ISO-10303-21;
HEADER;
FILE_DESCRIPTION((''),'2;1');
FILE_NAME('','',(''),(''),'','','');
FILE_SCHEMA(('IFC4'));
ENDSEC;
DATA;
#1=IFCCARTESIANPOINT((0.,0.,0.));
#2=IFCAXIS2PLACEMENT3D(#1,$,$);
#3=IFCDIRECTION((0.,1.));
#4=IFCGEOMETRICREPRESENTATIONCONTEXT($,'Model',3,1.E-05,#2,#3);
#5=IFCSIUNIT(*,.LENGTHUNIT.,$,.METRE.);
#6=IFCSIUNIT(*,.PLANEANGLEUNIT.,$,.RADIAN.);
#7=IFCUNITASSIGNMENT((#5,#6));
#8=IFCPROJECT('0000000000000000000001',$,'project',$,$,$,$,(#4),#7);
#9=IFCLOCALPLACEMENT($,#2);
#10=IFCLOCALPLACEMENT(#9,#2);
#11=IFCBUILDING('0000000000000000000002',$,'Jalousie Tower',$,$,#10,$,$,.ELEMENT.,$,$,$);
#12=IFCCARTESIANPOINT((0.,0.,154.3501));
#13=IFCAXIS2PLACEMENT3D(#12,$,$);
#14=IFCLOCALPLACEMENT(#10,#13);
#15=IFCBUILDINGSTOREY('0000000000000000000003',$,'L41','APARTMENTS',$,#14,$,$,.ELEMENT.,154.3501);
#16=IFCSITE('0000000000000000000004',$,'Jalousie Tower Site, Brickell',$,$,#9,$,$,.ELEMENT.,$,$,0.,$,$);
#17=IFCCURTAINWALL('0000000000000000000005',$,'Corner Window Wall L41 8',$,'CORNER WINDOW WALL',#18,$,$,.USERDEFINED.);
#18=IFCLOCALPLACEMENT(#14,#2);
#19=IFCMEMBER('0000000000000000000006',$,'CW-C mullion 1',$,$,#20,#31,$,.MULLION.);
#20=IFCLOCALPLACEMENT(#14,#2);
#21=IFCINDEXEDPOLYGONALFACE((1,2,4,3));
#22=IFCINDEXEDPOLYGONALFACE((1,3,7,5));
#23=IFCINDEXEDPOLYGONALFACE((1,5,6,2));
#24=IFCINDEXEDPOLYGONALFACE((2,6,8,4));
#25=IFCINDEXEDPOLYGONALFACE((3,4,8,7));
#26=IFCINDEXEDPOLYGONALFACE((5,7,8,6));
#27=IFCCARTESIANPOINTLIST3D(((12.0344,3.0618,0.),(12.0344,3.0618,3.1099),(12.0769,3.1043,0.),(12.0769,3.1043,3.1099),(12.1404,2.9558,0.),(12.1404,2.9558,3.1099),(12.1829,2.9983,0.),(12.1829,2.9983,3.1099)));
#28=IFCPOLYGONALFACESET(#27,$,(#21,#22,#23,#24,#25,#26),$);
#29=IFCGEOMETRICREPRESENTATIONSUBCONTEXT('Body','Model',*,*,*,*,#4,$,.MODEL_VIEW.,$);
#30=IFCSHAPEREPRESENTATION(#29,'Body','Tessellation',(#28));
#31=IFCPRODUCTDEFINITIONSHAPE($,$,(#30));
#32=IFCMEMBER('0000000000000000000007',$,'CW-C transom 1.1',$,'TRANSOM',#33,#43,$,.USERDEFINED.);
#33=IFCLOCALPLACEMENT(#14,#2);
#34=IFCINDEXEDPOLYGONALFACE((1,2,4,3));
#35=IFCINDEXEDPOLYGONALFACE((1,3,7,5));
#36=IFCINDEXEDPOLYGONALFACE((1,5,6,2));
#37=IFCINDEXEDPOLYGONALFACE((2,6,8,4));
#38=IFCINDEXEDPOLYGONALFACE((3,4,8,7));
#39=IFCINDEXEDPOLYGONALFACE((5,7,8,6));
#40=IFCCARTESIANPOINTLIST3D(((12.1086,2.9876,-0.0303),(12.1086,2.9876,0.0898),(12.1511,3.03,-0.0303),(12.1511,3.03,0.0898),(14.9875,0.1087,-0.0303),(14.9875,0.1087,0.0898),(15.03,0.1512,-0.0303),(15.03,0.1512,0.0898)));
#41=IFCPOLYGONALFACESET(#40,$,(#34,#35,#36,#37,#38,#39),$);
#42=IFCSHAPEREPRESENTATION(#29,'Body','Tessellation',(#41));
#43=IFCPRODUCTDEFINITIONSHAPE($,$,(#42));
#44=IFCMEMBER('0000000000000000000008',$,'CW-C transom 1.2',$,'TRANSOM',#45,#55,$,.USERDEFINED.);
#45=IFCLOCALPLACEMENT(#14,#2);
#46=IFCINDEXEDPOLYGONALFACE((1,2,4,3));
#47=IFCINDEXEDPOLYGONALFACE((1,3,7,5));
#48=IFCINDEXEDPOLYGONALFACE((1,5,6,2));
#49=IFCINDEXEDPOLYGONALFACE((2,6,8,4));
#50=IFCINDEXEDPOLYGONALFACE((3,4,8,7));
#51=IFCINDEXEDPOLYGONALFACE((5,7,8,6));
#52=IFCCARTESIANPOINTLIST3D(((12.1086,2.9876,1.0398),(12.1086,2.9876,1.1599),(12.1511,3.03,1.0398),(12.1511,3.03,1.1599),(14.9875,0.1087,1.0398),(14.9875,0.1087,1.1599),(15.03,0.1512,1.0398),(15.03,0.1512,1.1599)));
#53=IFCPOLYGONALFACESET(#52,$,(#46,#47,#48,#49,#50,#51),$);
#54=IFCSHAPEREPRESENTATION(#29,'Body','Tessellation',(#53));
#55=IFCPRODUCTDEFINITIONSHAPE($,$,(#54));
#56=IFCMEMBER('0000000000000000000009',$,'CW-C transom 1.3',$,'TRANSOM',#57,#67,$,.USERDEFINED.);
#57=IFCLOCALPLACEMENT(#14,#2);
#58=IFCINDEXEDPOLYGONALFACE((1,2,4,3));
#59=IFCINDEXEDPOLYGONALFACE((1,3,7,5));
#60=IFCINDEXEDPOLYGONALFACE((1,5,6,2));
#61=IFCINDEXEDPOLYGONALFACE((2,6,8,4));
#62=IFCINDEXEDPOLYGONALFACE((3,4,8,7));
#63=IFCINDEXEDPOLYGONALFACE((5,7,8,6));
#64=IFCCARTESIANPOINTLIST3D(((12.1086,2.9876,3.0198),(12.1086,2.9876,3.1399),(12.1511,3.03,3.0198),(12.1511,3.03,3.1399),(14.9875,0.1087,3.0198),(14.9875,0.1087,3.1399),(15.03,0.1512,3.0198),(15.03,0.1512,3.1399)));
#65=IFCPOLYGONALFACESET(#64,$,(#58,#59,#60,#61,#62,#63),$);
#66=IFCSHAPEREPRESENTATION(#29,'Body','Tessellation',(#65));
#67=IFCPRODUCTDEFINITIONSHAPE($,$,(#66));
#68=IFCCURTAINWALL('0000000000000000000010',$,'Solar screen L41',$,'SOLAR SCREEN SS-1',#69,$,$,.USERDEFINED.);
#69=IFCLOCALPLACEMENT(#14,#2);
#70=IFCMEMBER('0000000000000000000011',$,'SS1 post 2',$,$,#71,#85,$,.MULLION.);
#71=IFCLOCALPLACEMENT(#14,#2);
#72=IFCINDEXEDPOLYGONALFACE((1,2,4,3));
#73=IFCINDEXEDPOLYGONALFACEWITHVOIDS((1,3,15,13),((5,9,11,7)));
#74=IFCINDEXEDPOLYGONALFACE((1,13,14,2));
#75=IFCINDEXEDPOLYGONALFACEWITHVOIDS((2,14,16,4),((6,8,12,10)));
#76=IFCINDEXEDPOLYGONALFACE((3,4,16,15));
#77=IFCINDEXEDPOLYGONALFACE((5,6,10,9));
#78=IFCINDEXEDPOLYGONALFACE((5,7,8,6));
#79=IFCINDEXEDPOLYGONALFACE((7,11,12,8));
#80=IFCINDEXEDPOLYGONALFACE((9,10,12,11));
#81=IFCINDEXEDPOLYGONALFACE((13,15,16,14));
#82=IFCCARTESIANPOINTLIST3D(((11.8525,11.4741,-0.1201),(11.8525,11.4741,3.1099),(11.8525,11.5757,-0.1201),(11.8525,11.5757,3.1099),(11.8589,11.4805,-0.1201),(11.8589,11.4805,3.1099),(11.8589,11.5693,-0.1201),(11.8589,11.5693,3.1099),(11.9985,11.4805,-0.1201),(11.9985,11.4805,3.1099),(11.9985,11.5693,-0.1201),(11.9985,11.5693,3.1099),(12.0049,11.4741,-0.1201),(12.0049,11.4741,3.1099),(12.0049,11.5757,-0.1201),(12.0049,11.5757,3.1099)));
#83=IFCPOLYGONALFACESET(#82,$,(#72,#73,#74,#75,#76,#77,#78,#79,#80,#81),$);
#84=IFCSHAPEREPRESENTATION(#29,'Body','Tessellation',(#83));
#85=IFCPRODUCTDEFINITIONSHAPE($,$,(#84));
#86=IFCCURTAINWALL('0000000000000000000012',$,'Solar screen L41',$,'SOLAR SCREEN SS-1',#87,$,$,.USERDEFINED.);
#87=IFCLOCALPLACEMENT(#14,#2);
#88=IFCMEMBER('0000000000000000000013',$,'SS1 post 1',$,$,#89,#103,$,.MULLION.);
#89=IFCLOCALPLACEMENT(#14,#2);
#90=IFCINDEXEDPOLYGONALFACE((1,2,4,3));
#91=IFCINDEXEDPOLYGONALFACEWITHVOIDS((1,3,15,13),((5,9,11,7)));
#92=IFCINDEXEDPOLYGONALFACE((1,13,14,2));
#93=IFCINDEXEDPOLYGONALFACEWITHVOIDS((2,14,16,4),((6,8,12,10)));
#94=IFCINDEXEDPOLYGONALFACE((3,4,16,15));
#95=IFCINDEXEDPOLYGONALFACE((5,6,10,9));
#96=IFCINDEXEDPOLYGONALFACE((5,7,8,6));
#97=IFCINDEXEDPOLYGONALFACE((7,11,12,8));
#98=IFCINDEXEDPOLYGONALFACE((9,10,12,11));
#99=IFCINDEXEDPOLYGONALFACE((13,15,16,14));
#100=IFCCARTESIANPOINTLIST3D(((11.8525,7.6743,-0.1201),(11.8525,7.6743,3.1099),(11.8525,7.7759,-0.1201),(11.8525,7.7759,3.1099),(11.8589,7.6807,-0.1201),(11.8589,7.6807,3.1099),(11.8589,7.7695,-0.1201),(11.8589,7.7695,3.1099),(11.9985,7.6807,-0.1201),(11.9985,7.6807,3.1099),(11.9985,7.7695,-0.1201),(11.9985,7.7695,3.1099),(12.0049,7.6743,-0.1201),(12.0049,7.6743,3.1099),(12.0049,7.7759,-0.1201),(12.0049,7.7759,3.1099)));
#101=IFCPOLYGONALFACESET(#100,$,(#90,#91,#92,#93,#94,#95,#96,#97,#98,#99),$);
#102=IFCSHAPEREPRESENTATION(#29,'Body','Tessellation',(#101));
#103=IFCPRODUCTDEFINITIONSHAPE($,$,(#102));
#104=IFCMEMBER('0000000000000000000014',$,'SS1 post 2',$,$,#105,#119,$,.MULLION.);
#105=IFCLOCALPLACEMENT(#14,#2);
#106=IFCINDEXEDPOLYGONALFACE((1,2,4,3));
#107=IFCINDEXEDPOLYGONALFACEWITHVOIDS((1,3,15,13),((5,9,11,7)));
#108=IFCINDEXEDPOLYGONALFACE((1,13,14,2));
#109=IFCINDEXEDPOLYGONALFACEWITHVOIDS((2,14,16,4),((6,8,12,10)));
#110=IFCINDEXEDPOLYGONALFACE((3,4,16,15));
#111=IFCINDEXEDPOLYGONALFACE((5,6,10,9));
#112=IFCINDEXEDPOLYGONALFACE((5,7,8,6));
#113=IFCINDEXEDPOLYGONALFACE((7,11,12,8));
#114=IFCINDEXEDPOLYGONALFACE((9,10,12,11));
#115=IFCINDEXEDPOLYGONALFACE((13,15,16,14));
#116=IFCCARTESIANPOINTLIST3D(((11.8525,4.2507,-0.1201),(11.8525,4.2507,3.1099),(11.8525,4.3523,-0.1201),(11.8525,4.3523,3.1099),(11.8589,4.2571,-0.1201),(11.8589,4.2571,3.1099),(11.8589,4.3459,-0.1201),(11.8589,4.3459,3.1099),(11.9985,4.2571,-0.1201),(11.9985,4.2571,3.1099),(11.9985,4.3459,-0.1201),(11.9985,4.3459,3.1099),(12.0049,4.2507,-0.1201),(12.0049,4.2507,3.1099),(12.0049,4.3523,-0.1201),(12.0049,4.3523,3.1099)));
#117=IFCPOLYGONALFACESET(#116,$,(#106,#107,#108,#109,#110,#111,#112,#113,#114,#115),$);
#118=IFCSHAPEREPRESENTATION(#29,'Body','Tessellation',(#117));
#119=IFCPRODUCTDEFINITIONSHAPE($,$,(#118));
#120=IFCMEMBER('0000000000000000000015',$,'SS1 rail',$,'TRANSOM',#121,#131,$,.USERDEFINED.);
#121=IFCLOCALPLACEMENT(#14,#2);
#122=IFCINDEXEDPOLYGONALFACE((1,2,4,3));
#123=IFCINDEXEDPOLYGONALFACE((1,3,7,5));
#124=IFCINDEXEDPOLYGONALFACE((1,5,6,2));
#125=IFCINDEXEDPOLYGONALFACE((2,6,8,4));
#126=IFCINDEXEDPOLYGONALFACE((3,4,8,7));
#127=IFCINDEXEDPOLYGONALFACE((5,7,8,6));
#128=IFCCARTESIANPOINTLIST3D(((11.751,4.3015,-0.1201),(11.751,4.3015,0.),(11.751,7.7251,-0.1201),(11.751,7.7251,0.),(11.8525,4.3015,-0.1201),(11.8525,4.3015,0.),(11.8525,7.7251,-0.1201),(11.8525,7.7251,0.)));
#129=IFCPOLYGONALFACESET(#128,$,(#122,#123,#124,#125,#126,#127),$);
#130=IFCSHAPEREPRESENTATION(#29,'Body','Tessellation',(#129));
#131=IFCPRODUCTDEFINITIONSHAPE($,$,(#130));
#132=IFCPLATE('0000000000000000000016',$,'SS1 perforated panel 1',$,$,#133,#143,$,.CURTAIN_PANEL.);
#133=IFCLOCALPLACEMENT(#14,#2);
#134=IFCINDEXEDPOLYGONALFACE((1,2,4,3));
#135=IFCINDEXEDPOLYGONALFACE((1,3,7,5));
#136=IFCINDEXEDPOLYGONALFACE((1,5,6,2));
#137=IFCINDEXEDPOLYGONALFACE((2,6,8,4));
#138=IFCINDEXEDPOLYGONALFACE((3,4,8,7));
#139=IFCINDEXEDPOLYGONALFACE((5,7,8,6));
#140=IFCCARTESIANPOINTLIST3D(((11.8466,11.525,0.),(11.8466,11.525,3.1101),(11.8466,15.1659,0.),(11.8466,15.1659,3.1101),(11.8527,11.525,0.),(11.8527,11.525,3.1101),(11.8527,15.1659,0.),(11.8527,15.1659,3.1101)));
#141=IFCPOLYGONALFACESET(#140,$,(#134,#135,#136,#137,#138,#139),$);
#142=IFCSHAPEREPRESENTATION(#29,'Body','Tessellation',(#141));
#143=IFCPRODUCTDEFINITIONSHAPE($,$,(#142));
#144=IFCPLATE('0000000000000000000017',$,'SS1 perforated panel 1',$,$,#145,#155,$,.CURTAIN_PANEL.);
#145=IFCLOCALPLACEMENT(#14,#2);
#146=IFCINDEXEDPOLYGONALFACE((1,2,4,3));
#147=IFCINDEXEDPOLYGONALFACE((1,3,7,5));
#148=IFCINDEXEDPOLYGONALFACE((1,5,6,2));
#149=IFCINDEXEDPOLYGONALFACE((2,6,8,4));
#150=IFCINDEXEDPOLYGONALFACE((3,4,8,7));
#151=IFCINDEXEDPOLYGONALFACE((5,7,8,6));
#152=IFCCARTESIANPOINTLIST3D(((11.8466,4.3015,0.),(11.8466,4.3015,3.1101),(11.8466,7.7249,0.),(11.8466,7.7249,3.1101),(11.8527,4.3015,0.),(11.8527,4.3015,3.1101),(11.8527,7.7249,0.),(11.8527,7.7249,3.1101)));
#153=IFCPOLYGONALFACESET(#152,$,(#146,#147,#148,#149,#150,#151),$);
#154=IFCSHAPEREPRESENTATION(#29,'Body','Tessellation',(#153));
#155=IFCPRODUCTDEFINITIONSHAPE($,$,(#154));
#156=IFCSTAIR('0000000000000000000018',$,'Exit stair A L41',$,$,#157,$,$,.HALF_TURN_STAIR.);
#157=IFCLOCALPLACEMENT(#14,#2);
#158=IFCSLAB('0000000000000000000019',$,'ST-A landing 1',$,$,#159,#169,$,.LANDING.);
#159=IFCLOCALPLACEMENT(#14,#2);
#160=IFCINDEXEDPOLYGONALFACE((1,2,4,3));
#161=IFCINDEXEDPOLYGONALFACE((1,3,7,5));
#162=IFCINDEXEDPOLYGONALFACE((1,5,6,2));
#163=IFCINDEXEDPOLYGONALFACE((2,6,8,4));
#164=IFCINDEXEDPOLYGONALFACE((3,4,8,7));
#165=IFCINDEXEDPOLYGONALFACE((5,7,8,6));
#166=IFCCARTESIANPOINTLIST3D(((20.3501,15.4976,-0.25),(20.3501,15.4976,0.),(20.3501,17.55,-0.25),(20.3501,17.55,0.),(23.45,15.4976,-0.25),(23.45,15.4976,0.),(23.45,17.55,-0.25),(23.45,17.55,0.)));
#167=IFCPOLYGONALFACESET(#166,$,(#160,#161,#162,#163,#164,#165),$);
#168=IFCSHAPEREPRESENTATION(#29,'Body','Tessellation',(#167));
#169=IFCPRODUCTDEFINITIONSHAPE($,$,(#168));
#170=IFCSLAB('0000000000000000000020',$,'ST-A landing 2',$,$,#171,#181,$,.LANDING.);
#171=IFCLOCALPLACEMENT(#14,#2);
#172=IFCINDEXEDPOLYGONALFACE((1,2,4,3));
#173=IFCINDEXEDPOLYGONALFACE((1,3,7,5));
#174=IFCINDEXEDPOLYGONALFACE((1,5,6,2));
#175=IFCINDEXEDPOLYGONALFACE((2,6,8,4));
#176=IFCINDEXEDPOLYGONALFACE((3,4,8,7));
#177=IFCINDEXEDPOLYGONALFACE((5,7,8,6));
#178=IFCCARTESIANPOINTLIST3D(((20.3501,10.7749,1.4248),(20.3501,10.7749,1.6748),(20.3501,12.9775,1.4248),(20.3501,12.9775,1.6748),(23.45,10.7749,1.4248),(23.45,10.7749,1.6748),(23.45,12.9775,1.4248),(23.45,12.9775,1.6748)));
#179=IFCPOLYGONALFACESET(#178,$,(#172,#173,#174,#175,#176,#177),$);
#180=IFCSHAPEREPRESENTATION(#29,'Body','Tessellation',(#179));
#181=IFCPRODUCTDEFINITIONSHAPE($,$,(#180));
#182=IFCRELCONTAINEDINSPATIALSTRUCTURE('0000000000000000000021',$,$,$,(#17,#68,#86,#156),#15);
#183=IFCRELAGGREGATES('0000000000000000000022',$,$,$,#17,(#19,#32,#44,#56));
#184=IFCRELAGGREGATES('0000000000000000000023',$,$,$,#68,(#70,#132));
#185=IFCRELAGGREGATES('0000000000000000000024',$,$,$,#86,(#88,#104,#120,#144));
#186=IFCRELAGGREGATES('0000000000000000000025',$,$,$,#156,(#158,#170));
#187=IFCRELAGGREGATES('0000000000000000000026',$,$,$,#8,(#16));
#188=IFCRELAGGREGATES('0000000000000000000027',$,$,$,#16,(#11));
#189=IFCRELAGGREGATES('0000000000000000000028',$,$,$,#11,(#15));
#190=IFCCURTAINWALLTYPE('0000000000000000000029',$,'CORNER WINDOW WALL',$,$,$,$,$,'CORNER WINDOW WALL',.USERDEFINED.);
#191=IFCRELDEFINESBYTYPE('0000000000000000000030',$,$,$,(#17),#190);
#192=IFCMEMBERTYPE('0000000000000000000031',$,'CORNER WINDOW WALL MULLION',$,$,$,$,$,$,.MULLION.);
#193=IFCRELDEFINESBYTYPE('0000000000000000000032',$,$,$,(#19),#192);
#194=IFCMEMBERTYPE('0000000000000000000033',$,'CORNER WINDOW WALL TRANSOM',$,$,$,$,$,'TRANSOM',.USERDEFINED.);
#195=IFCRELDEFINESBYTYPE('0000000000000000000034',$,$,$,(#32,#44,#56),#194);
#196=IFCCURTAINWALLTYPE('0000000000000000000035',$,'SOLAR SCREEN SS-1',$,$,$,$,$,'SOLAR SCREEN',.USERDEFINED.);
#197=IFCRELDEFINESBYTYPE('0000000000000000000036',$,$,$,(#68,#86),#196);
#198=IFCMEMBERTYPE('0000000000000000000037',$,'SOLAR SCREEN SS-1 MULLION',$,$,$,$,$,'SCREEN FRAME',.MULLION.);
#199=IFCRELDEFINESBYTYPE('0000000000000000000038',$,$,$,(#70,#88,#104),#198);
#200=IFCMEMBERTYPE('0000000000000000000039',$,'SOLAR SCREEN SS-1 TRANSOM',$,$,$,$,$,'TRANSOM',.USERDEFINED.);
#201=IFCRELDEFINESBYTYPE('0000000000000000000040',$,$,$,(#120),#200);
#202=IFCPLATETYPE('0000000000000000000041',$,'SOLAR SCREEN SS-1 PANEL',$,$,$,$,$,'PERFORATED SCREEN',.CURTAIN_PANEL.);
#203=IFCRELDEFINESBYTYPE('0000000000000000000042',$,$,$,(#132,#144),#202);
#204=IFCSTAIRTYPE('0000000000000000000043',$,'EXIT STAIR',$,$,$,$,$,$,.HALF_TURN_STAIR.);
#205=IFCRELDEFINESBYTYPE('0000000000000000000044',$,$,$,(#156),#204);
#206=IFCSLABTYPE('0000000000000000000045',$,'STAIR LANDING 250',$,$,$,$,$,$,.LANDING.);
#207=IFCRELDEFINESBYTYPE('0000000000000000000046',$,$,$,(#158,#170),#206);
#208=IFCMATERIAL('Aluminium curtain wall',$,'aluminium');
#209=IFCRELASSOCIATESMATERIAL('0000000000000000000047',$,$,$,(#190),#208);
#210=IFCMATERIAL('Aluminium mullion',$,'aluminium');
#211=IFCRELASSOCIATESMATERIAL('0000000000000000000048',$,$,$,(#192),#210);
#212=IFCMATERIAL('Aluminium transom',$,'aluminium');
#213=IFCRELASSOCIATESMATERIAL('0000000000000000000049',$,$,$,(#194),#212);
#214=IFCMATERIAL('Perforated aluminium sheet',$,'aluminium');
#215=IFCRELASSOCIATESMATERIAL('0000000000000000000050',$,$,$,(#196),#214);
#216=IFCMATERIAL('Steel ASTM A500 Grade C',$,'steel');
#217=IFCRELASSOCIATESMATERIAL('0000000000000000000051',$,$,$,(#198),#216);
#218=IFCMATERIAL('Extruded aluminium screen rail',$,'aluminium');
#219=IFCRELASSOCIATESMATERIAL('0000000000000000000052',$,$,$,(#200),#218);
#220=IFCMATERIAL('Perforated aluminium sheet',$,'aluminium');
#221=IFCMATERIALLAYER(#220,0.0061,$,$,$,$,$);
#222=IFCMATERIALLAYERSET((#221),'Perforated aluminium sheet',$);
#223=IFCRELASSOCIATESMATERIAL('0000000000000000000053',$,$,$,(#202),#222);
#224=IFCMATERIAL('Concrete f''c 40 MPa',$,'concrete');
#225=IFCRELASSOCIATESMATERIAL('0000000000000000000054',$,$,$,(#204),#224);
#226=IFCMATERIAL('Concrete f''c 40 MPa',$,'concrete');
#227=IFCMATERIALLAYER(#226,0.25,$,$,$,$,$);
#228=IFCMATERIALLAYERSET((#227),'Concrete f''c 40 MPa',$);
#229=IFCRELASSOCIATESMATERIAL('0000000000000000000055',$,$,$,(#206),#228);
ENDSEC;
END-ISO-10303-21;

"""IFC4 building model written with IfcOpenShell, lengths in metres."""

from ifc_helpers import new_model, si_unit, direction, frame, origin, origin_2d, place, context, subcontext, project, spatial, polyline, rectangle, hollow_rectangle, outline, extrude, material, layer, layer_set, material_profile, profile_set, type_object, element, aggregate, save


model = new_model("IFC4")

# Units and contexts
model_context = context("Model", 3, precision=1e-05, world=origin(), true_north=direction((0.0, 1.0)))
body_context = subcontext(model_context, "Body", "Model", "MODEL_VIEW")
ifc_project = project(units=[si_unit("LENGTHUNIT", "METRE"), si_unit("PLANEANGLEUNIT", "RADIAN")], contexts=[model_context])

# Site, building, storey
site_placement = place(None, origin())
site = spatial("IfcSite", under=ifc_project, at=site_placement, Name="Jalousie Tower Site, Brickell", CompositionType="ELEMENT", RefElevation=0.0)
building_placement = place(site_placement, origin())
building = spatial("IfcBuilding", under=site, at=building_placement, Name="Jalousie Tower", CompositionType="ELEMENT")
storey_placement = place(building_placement, frame((0.0, 0.0, 154.3501)))
storey = spatial("IfcBuildingStorey", under=building, at=storey_placement, Name="L41", Description="APARTMENTS", CompositionType="ELEMENT", Elevation=154.3501)

# Curtain wall, members
ifc_material_1 = material(Name="Aluminium curtain wall", Category="aluminium")
curtain_wall_type_1 = type_object("IfcCurtainWallType", Name="CORNER WINDOW WALL", ElementType="CORNER WINDOW WALL", PredefinedType="USERDEFINED", material=ifc_material_1)
curtain_wall_1_placement = place(storey_placement, origin())
curtain_wall_1 = element("IfcCurtainWall", 1, at=curtain_wall_1_placement, inside=storey, type_object=curtain_wall_type_1, Name="Corner Window Wall L41 8", ObjectType="CORNER WINDOW WALL", PredefinedType="USERDEFINED")
ifc_material_2 = material(Name="Aluminium mullion", Category="aluminium")
ifc_material_profile_1 = material_profile(ifc_material_2, rectangle(XDim=0.0601, YDim=0.1499, at=origin_2d()), Name="MULLION 60x150")
ifc_profile_set_1 = profile_set([ifc_material_profile_1], Name="Aluminium mullion")
member_type_1 = type_object("IfcMemberType", Name="CORNER WINDOW WALL MULLION", PredefinedType="MULLION", material=ifc_profile_set_1)
member_1_placement = place(storey_placement, frame((12.1086, 3.03, 0.0), z_axis=(0.0, 0.0, 1.0), x_axis=(0.707107, 0.707107, 0.0)))
member_1 = element("IfcMember", 2, at=member_1_placement, type_object=member_type_1, Name="CW-C mullion 1", PredefinedType="MULLION", context=body_context, shape_type="SweptSolid", body=[
    extrude(rectangle(XDim=0.0601, YDim=0.1499, at=origin_2d()), origin(), (0.0, 0.0, 1.0), 3.1099),
])
ifc_material_3 = material(Name="Aluminium transom", Category="aluminium")
ifc_material_profile_2 = material_profile(ifc_material_3, rectangle(XDim=0.0601, YDim=0.1201, at=origin_2d()), Name="TRANSOM 60x120")
ifc_profile_set_2 = profile_set([ifc_material_profile_2], Name="Aluminium transom")
member_type_2 = type_object("IfcMemberType", Name="CORNER WINDOW WALL TRANSOM", ElementType="TRANSOM", PredefinedType="USERDEFINED", material=ifc_profile_set_2)
member_2_placement = place(storey_placement, frame((12.1299, 3.0088, 0.0298), z_axis=(0.707107, -0.707107, 0.0), x_axis=(0.707107, 0.707107, 0.0)))
member_2 = element("IfcMember", 3, at=member_2_placement, type_object=member_type_2, Name="CW-C transom 1.1", ObjectType="TRANSOM", PredefinedType="USERDEFINED", context=body_context, shape_type="SweptSolid", body=[
    extrude(rectangle(XDim=0.0601, YDim=0.1201, at=origin_2d()), origin(), (0.0, 0.0, 1.0), 4.0713),
])
member_3_placement = place(storey_placement, frame((12.1299, 3.0088, 1.0999), z_axis=(0.707107, -0.707107, 0.0), x_axis=(0.707107, 0.707107, 0.0)))
member_3 = element("IfcMember", 4, at=member_3_placement, type_object=member_type_2, Name="CW-C transom 1.2", ObjectType="TRANSOM", PredefinedType="USERDEFINED", context=body_context, shape_type="SweptSolid", body=[
    extrude(rectangle(XDim=0.0601, YDim=0.1201, at=origin_2d()), origin(), (0.0, 0.0, 1.0), 4.0713),
])
member_4_placement = place(storey_placement, frame((12.1299, 3.0088, 3.0798), z_axis=(0.707107, -0.707107, 0.0), x_axis=(0.707107, 0.707107, 0.0)))
member_4 = element("IfcMember", 5, at=member_4_placement, type_object=member_type_2, Name="CW-C transom 1.3", ObjectType="TRANSOM", PredefinedType="USERDEFINED", context=body_context, shape_type="SweptSolid", body=[
    extrude(rectangle(XDim=0.0601, YDim=0.1201, at=origin_2d()), origin(), (0.0, 0.0, 1.0), 4.0713),
])
aggregate(curtain_wall_1, [member_1, member_2, member_3, member_4])

# Curtain wall, member
ifc_material_4 = material(Name="Perforated aluminium sheet", Category="aluminium")
curtain_wall_type_2 = type_object("IfcCurtainWallType", Name="SOLAR SCREEN SS-1", ElementType="SOLAR SCREEN", PredefinedType="USERDEFINED", material=ifc_material_4)
curtain_wall_2_placement = place(storey_placement, origin())
curtain_wall_2 = element("IfcCurtainWall", 6, at=curtain_wall_2_placement, inside=storey, type_object=curtain_wall_type_2, Name="Solar screen L41", ObjectType="SOLAR SCREEN SS-1", PredefinedType="USERDEFINED")
ifc_material_5 = material(Name="Steel ASTM A500 Grade C", Category="steel")
ifc_material_profile_3 = material_profile(ifc_material_5, hollow_rectangle(XDim=0.1016, YDim=0.1523, WallThickness=0.0063, at=origin_2d()), Name="HSS6X4X1/4")
ifc_profile_set_3 = profile_set([ifc_material_profile_3], Name="Steel ASTM A500 Grade C")
member_type_3 = type_object("IfcMemberType", Name="SOLAR SCREEN SS-1 MULLION", ElementType="SCREEN FRAME", PredefinedType="MULLION", material=ifc_profile_set_3)
member_5_placement = place(storey_placement, frame((11.9287, 11.5249, -0.1201), z_axis=(0.0, 0.0, 1.0), x_axis=(0.0, -1.0, 0.0)))
member_5 = element("IfcMember", 7, at=member_5_placement, type_object=member_type_3, Name="SS1 post 2", PredefinedType="MULLION", context=body_context, shape_type="SweptSolid", body=[
    extrude(hollow_rectangle(XDim=0.1016, YDim=0.1523, WallThickness=0.0063, at=origin_2d()), origin(), (0.0, 0.0, 1.0), 3.23),
])

# Curtain wall, members
curtain_wall_3_placement = place(storey_placement, origin())
curtain_wall_3 = element("IfcCurtainWall", 8, at=curtain_wall_3_placement, inside=storey, type_object=curtain_wall_type_2, Name="Solar screen L41", ObjectType="SOLAR SCREEN SS-1", PredefinedType="USERDEFINED")
member_6_placement = place(storey_placement, frame((11.9287, 7.7251, -0.1201), z_axis=(0.0, 0.0, 1.0), x_axis=(0.0, -1.0, 0.0)))
member_6 = element("IfcMember", 9, at=member_6_placement, type_object=member_type_3, Name="SS1 post 1", PredefinedType="MULLION", context=body_context, shape_type="SweptSolid", body=[
    extrude(hollow_rectangle(XDim=0.1016, YDim=0.1523, WallThickness=0.0063, at=origin_2d()), origin(), (0.0, 0.0, 1.0), 3.23),
])
member_7_placement = place(storey_placement, frame((11.9287, 4.3015, -0.1201), z_axis=(0.0, 0.0, 1.0), x_axis=(0.0, -1.0, 0.0)))
member_7 = element("IfcMember", 10, at=member_7_placement, type_object=member_type_3, Name="SS1 post 2", PredefinedType="MULLION", context=body_context, shape_type="SweptSolid", body=[
    extrude(hollow_rectangle(XDim=0.1016, YDim=0.1523, WallThickness=0.0063, at=origin_2d()), origin(), (0.0, 0.0, 1.0), 3.23),
])
ifc_material_6 = material(Name="Extruded aluminium screen rail", Category="aluminium")
ifc_material_profile_4 = material_profile(ifc_material_6, rectangle(XDim=0.1016, YDim=0.1201, at=origin_2d()), Name="RAIL 102x120")
ifc_profile_set_4 = profile_set([ifc_material_profile_4], Name="Extruded aluminium screen rail")
member_type_4 = type_object("IfcMemberType", Name="SOLAR SCREEN SS-1 TRANSOM", ElementType="TRANSOM", PredefinedType="USERDEFINED", material=ifc_profile_set_4)
member_8_placement = place(storey_placement, frame((11.8018, 7.7251, -0.0601), z_axis=(0.0, -1.0, 0.0), x_axis=(1.0, 0.0, 0.0)))
member_8 = element("IfcMember", 11, at=member_8_placement, type_object=member_type_4, Name="SS1 rail", ObjectType="TRANSOM", PredefinedType="USERDEFINED", context=body_context, shape_type="SweptSolid", body=[
    extrude(rectangle(XDim=0.1016, YDim=0.1201, at=origin_2d()), origin(), (0.0, 0.0, 1.0), 3.4236),
])

# Plates
ifc_material_7 = material(Name="Perforated aluminium sheet", Category="aluminium")
ifc_layer_1 = layer(ifc_material_7, 0.0061)
ifc_layer_set_1 = layer_set([ifc_layer_1], Name="Perforated aluminium sheet")
plate_type = type_object("IfcPlateType", Name="SOLAR SCREEN SS-1 PANEL", ElementType="PERFORATED SCREEN", PredefinedType="CURTAIN_PANEL", material=ifc_layer_set_1)
plate_1_placement = place(storey_placement, frame((11.8496, 13.3455, 0.0), z_axis=(0.0, 0.0, 1.0), x_axis=(0.0, -1.0, 0.0)))
plate_1 = element("IfcPlate", 12, at=plate_1_placement, type_object=plate_type, Name="SS1 perforated panel 1", PredefinedType="CURTAIN_PANEL", context=body_context, shape_type="SweptSolid", body=[
    extrude(rectangle(XDim=3.6409, YDim=0.0061, at=origin_2d()), origin(), (0.0, 0.0, 1.0), 3.1101),
])
aggregate(curtain_wall_2, [member_5, plate_1])
plate_2_placement = place(storey_placement, frame((11.8496, 6.0132, 0.0), z_axis=(0.0, 0.0, 1.0), x_axis=(0.0, -1.0, 0.0)))
plate_2 = element("IfcPlate", 13, at=plate_2_placement, type_object=plate_type, Name="SS1 perforated panel 1", PredefinedType="CURTAIN_PANEL", context=body_context, shape_type="SweptSolid", body=[
    extrude(rectangle(XDim=3.4233, YDim=0.0061, at=origin_2d()), origin(), (0.0, 0.0, 1.0), 3.1101),
])
aggregate(curtain_wall_3, [member_6, member_7, member_8, plate_2])

# Stair, slabs
ifc_material_8 = material(Name="Concrete f'c 40 MPa", Category="concrete")
stair_type = type_object("IfcStairType", Name="EXIT STAIR", PredefinedType="HALF_TURN_STAIR", material=ifc_material_8)
stair_1_placement = place(storey_placement, origin())
stair_1 = element("IfcStair", 14, at=stair_1_placement, inside=storey, type_object=stair_type, Name="Exit stair A L41", PredefinedType="HALF_TURN_STAIR")
ifc_material_9 = material(Name="Concrete f'c 40 MPa", Category="concrete")
ifc_layer_2 = layer(ifc_material_9, 0.25)
ifc_layer_set_2 = layer_set([ifc_layer_2], Name="Concrete f'c 40 MPa")
slab_type_1 = type_object("IfcSlabType", Name="STAIR LANDING 250", PredefinedType="LANDING", material=ifc_layer_set_2)
slab_1_placement = place(storey_placement, frame((0.0, 0.0, -0.25)))
slab_1 = element("IfcSlab", 15, at=slab_1_placement, type_object=slab_type_1, Name="ST-A landing 1", PredefinedType="LANDING", context=body_context, shape_type="SweptSolid", body=[
    extrude(outline(polyline([(20.3501, 15.4976), (23.45, 15.4976), (23.45, 17.55), (20.3501, 17.55), (20.3501, 15.4976)])), origin(), (0.0, 0.0, 1.0), 0.25),
])
slab_2_placement = place(storey_placement, frame((0.0, 0.0, 1.4248)))
slab_2 = element("IfcSlab", 16, at=slab_2_placement, type_object=slab_type_1, Name="ST-A landing 2", PredefinedType="LANDING", context=body_context, shape_type="SweptSolid", body=[
    extrude(outline(polyline([(20.3501, 10.7749), (23.45, 10.7749), (23.45, 12.9775), (20.3501, 12.9775), (20.3501, 10.7749)])), origin(), (0.0, 0.0, 1.0), 0.25),
])
aggregate(stair_1, [slab_1, slab_2])

save(model, "model.ifc")
